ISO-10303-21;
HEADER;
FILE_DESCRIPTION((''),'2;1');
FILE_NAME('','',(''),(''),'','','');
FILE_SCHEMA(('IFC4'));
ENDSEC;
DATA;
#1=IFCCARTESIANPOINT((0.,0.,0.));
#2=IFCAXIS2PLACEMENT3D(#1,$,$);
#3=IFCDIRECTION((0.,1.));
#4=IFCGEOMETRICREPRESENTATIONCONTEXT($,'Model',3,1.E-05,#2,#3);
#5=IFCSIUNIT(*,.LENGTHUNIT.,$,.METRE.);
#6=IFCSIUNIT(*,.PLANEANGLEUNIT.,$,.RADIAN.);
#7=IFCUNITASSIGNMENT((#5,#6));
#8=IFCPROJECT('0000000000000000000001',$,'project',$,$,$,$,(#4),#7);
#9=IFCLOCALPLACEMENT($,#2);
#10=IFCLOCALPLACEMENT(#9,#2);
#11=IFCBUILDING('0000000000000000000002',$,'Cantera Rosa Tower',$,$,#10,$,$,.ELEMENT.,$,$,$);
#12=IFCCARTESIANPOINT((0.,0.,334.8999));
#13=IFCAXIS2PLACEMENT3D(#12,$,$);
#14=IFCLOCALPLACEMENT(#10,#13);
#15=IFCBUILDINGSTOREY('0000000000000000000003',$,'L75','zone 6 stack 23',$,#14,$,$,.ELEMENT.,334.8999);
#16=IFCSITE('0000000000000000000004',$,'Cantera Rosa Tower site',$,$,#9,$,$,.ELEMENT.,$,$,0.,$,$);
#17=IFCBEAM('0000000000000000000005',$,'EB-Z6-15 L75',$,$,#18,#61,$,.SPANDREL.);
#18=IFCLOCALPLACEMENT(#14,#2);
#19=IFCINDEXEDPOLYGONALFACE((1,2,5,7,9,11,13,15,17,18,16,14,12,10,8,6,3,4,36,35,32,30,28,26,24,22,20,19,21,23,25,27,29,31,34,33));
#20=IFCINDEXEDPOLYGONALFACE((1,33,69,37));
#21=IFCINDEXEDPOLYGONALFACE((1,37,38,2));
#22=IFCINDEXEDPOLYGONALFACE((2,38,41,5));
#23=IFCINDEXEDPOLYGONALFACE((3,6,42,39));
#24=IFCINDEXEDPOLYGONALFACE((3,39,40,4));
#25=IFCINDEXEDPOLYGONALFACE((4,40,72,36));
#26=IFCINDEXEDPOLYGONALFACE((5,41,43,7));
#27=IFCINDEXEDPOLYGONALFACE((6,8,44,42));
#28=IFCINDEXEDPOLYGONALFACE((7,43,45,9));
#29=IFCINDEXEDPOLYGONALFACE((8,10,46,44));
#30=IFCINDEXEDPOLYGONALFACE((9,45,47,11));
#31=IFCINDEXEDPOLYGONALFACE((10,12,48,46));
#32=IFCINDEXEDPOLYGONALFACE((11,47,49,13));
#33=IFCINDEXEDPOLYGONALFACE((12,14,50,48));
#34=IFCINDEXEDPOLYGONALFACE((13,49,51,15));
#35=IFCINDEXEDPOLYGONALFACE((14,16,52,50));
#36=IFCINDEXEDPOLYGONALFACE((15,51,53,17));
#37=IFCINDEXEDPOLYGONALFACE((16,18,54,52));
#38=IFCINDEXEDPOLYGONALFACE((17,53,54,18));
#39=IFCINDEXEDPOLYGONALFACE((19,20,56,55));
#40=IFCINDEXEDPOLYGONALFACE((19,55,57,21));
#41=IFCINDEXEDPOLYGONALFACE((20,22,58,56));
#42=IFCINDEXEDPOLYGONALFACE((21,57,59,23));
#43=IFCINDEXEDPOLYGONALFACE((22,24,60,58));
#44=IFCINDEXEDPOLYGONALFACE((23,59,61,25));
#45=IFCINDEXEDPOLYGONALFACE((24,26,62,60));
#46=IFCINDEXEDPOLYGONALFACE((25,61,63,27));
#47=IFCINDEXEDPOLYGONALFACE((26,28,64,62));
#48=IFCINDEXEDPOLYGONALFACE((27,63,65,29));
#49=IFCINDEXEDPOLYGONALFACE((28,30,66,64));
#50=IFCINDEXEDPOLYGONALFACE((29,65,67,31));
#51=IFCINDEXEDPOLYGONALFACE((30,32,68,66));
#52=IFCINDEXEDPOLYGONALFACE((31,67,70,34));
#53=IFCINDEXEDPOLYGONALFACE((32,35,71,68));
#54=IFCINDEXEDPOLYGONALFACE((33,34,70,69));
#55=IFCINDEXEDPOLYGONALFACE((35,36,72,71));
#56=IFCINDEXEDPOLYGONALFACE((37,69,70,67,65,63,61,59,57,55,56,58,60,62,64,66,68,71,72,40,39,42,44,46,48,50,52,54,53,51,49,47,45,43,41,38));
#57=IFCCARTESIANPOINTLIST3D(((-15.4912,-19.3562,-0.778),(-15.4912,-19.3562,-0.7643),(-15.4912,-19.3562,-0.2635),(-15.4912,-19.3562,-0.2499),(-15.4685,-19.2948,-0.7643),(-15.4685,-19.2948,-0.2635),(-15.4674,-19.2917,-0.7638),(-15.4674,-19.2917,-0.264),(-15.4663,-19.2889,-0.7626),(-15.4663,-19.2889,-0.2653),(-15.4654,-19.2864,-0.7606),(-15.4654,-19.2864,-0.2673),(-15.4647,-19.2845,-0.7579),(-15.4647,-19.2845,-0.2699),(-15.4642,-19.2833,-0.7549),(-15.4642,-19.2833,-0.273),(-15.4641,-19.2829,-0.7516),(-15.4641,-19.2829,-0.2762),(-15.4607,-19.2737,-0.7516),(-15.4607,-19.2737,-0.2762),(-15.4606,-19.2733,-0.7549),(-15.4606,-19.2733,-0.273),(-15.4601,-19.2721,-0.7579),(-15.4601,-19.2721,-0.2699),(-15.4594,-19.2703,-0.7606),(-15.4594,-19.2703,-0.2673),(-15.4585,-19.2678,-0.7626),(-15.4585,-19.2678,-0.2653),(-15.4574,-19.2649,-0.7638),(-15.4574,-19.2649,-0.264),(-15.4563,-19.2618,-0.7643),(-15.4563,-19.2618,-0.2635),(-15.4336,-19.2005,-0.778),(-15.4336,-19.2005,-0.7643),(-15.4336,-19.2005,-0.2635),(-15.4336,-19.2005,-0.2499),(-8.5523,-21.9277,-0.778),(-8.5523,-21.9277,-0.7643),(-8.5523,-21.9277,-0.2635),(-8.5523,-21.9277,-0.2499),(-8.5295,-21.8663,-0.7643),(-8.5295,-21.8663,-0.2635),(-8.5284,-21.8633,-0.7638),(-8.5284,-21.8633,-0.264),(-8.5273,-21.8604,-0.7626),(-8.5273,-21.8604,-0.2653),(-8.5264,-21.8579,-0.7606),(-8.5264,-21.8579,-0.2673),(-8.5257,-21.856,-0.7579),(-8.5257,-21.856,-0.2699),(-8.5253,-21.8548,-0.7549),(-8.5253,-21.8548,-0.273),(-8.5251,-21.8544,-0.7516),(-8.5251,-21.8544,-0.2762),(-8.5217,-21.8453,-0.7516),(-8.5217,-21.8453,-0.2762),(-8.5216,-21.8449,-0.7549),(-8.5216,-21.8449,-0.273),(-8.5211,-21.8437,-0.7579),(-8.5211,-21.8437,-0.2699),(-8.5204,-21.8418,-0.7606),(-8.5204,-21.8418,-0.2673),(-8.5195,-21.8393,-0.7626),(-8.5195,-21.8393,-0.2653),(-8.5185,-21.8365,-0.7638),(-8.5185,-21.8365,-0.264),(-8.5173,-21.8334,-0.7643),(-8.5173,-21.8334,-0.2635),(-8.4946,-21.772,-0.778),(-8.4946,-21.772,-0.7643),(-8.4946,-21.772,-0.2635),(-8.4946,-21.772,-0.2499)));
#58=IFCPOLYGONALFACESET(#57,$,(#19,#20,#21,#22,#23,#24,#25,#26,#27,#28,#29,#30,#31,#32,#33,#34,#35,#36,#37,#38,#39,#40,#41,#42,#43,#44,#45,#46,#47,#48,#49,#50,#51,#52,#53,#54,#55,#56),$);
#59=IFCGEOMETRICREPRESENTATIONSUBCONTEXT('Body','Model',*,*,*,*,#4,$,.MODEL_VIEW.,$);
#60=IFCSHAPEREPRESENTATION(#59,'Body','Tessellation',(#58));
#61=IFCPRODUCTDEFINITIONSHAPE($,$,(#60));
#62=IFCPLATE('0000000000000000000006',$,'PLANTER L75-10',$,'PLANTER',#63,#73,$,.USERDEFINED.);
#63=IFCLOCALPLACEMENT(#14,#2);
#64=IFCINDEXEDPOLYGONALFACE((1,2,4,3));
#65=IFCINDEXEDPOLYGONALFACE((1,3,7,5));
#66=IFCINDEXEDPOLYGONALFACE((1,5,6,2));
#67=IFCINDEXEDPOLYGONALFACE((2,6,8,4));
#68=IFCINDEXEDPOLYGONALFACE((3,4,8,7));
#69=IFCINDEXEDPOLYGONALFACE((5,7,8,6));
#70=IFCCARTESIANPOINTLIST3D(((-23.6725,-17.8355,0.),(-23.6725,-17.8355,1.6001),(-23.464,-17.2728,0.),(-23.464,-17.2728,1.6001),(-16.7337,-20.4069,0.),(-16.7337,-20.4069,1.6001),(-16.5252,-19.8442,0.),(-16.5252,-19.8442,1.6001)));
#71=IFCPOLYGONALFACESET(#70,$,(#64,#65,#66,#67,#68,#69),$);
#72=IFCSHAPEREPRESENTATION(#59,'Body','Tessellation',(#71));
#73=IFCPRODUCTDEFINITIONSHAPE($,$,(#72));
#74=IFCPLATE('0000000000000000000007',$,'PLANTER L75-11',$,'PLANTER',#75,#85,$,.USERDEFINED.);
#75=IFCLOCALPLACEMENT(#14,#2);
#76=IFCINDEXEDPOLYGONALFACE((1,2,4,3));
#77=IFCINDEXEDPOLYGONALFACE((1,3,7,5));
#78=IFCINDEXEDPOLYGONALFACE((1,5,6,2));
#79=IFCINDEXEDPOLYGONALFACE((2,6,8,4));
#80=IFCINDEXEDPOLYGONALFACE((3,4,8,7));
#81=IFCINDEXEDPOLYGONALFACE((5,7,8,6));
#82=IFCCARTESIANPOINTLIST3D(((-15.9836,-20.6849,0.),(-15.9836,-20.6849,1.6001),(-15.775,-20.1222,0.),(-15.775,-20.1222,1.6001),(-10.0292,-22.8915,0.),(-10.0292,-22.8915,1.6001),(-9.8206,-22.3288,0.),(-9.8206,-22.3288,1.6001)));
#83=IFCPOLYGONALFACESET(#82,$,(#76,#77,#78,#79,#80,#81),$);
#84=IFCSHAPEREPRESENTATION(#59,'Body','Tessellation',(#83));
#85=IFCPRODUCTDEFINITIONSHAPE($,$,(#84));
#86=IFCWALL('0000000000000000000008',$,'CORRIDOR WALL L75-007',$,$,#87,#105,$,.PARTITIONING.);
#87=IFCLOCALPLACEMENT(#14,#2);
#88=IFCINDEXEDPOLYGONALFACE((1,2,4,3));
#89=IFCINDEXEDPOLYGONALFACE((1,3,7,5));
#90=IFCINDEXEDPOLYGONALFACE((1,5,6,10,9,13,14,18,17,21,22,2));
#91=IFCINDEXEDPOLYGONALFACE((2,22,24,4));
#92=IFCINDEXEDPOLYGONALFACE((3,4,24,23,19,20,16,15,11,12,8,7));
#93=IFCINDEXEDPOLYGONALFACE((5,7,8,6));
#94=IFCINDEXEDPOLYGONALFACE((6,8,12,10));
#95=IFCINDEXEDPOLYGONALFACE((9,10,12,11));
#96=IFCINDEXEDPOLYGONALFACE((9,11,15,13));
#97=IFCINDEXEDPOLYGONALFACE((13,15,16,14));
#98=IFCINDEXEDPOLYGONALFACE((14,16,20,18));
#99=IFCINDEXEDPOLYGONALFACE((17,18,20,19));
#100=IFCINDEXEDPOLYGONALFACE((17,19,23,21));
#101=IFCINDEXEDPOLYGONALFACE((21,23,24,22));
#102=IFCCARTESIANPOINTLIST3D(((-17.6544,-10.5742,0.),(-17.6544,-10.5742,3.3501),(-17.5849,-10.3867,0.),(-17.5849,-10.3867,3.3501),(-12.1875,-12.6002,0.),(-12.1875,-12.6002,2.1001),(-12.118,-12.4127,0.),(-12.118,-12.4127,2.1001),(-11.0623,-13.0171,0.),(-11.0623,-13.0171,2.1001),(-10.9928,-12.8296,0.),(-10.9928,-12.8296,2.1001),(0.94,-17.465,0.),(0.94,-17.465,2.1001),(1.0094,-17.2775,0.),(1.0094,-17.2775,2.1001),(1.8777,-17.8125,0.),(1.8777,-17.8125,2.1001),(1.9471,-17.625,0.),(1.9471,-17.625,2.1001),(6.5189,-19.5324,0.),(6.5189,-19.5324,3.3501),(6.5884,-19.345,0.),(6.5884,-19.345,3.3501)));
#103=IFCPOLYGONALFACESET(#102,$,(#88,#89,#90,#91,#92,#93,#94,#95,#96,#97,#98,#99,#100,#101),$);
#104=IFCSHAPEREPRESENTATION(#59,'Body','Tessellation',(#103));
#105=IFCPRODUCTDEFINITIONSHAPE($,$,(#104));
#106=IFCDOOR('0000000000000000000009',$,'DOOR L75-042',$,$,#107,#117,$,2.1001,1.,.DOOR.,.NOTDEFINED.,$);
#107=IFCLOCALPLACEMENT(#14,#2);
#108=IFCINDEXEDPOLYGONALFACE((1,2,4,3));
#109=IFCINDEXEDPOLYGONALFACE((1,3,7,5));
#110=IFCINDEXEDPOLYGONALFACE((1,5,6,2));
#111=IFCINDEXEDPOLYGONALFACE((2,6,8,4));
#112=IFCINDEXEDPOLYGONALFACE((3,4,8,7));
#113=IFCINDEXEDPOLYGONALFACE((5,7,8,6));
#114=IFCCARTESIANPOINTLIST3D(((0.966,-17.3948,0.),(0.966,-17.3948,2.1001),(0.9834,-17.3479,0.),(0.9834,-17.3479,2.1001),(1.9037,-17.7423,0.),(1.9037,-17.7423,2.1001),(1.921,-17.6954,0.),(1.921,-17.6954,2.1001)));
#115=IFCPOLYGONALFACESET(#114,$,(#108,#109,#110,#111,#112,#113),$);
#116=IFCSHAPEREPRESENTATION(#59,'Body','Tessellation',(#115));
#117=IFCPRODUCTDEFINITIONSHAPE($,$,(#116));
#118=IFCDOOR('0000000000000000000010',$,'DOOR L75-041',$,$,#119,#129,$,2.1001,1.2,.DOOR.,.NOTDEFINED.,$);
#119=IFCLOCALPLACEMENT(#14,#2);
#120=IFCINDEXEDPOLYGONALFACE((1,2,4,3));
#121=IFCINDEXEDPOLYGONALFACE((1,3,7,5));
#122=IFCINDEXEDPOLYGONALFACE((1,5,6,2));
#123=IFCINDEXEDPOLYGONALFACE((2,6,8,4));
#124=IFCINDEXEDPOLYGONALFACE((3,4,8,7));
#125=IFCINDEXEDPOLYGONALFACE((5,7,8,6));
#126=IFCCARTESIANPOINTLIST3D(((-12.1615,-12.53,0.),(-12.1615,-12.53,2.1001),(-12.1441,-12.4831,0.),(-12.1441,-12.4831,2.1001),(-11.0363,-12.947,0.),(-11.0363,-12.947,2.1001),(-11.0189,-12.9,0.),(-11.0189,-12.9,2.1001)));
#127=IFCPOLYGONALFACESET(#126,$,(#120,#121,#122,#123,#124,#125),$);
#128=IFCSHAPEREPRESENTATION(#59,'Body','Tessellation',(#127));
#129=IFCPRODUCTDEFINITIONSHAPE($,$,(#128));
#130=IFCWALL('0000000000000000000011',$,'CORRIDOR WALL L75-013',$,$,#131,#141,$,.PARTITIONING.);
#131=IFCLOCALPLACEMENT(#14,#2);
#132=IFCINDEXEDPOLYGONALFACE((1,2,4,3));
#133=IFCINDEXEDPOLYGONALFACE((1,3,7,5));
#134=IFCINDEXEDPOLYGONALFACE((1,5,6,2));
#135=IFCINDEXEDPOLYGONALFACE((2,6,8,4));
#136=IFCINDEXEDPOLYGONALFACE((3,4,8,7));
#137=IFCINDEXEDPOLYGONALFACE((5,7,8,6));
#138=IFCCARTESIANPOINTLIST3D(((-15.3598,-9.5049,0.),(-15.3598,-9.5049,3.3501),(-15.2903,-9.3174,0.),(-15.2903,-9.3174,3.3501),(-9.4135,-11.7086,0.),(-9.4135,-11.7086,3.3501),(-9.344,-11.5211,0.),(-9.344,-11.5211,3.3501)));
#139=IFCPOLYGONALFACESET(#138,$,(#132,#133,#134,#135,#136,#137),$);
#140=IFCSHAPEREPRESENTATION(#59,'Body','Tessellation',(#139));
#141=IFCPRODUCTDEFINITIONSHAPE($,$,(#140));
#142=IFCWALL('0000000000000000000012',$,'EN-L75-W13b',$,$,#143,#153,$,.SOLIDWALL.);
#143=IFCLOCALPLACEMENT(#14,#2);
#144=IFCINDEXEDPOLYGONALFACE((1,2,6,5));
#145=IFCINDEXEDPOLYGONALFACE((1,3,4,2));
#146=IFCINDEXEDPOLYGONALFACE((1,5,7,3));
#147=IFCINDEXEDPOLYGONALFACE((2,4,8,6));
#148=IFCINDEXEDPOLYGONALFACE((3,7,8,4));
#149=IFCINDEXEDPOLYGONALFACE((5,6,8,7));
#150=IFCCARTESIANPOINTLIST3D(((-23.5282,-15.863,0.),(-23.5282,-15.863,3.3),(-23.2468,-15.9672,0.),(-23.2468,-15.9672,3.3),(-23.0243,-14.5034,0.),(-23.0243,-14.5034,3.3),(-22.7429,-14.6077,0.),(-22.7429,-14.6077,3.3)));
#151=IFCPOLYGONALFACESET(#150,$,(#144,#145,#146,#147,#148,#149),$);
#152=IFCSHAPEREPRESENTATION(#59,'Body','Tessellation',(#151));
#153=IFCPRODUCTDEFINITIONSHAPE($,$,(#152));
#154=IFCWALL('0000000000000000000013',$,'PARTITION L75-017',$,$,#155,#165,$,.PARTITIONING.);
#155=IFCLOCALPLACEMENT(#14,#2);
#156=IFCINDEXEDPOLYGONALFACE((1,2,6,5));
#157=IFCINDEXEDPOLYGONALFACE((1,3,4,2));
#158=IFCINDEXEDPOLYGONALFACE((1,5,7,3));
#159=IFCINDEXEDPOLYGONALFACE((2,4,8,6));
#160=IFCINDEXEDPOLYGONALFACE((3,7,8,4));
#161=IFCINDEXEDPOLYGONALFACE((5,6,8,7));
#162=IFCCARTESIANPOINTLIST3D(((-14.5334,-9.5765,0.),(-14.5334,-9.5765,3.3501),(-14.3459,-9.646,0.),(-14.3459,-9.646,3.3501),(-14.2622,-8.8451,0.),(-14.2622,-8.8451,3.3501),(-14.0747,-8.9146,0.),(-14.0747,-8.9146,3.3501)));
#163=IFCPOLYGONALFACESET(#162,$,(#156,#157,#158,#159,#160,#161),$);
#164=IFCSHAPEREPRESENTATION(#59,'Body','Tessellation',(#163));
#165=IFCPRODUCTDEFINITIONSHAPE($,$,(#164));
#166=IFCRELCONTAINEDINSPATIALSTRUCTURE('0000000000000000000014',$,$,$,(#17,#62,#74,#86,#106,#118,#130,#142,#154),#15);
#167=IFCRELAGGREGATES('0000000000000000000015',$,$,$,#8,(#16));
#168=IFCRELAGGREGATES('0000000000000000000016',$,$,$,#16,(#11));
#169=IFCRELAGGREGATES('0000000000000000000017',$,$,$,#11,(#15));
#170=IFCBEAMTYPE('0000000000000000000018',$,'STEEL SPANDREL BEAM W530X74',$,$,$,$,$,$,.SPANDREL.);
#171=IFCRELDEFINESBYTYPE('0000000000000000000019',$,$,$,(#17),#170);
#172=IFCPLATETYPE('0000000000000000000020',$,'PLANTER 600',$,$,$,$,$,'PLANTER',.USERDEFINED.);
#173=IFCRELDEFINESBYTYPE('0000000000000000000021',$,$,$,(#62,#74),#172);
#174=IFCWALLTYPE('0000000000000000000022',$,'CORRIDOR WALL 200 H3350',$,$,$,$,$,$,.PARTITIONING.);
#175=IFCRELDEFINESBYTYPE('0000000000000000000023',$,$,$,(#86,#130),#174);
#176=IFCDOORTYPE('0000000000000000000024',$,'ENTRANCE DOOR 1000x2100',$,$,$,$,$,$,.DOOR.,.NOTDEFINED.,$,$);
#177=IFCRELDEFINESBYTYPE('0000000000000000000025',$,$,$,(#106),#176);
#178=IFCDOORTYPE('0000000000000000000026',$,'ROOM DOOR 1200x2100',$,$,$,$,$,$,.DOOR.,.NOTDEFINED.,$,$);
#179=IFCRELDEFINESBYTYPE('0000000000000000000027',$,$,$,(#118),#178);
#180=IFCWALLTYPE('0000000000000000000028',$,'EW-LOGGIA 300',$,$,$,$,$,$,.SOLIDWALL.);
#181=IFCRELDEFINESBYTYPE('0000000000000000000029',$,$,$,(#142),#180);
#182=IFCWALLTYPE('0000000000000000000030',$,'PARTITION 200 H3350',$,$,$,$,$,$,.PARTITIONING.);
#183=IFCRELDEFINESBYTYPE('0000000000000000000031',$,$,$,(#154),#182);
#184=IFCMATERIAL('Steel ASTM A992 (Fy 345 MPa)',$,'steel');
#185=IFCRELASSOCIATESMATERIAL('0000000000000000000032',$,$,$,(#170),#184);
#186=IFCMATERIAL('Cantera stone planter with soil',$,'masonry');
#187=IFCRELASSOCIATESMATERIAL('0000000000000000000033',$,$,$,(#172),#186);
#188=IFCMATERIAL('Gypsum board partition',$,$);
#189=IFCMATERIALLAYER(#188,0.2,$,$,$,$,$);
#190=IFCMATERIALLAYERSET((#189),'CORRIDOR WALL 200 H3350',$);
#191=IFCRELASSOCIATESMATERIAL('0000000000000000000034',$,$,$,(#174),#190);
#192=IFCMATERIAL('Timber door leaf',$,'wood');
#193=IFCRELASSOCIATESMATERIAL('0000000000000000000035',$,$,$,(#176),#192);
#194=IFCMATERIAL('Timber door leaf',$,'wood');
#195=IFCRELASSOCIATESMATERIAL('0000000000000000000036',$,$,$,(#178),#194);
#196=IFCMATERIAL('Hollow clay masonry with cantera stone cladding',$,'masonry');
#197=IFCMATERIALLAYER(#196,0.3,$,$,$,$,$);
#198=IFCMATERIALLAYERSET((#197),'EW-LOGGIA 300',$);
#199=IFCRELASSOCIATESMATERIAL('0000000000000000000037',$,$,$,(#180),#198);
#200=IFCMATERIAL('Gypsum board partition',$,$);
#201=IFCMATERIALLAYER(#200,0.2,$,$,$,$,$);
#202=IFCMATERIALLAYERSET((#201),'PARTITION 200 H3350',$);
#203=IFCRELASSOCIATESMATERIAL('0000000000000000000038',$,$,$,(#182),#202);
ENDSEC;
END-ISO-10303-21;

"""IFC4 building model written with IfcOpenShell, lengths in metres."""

from ifc_helpers import new_model, si_unit, direction, frame, frame_2d, origin, origin_2d, place, context, subcontext, project, spatial, rectangle, i_section, extrude, material, layer, layer_set, material_profile, profile_set, type_object, element, fill, save


model = new_model("IFC4")

# Units and contexts
model_context = context("Model", 3, precision=1e-05, world=origin(), true_north=direction((0.0, 1.0)))
body_context = subcontext(model_context, "Body", "Model", "MODEL_VIEW")
ifc_project = project(units=[si_unit("LENGTHUNIT", "METRE"), si_unit("PLANEANGLEUNIT", "RADIAN")], contexts=[model_context])

# Site, building, storey
site_placement = place(None, origin())
site = spatial("IfcSite", under=ifc_project, at=site_placement, Name="Cantera Rosa Tower site", CompositionType="ELEMENT", RefElevation=0.0)
building_placement = place(site_placement, origin())
building = spatial("IfcBuilding", under=site, at=building_placement, Name="Cantera Rosa Tower", CompositionType="ELEMENT")
storey_placement = place(building_placement, frame((0.0, 0.0, 334.8999)))
storey = spatial("IfcBuildingStorey", under=building, at=storey_placement, Name="L75", Description="zone 6 stack 23", CompositionType="ELEMENT", Elevation=334.8999)

# Beam
ifc_material_1 = material(Name="Steel ASTM A992 (Fy 345 MPa)", Category="steel")
ifc_material_profile_1 = material_profile(ifc_material_1, i_section(OverallWidth=0.166, OverallDepth=0.5281, WebThickness=0.0098, FlangeThickness=0.0137, FilletRadius=0.0127, at=origin_2d()), Name="W530X74")
ifc_profile_set_1 = profile_set([ifc_material_profile_1], Name="Steel ASTM A992 (Fy 345 MPa)")
beam_type_1 = type_object("IfcBeamType", Name="STEEL SPANDREL BEAM W530X74", PredefinedType="SPANDREL", material=ifc_profile_set_1)
beam_1_placement = place(storey_placement, frame((-15.4624, -19.2783, -0.5139), z_axis=(0.937681, -0.347498, 0.0), x_axis=(0.347498, 0.937681, 0.0)))
element("IfcBeam", 1, at=beam_1_placement, inside=storey, type_object=beam_type_1, Name="EB-Z6-15 L75", PredefinedType="SPANDREL", context=body_context, shape_type="SweptSolid", body=[
    extrude(i_section(OverallWidth=0.166, OverallDepth=0.5281, WebThickness=0.0098, FlangeThickness=0.0137, FilletRadius=0.0127, at=origin_2d()), origin(), (0.0, 0.0, 1.0), 7.4001),
])

# Plates
ifc_material_2 = material(Name="Cantera stone planter with soil", Category="masonry")
plate_type = type_object("IfcPlateType", Name="PLANTER 600", ElementType="PLANTER", PredefinedType="USERDEFINED", material=ifc_material_2)
plate_1_placement = place(storey_placement, frame((-20.0989, -18.8398, 0.0), z_axis=(0.0, 0.0, 1.0), x_axis=(0.937687, -0.347481, 0.0)))
element("IfcPlate", 2, at=plate_1_placement, inside=storey, type_object=plate_type, Name="PLANTER L75-10", ObjectType="PLANTER", PredefinedType="USERDEFINED", context=body_context, shape_type="SweptSolid", body=[
    extrude(rectangle(XDim=7.3999, YDim=0.6001, at=origin_2d()), origin(), (0.0, 0.0, 1.0), 1.6001),
])
plate_2_placement = place(storey_placement, frame((-12.9021, -21.5068, 0.0), z_axis=(0.0, 0.0, 1.0), x_axis=(0.937687, -0.347481, 0.0)))
element("IfcPlate", 3, at=plate_2_placement, inside=storey, type_object=plate_type, Name="PLANTER L75-11", ObjectType="PLANTER", PredefinedType="USERDEFINED", context=body_context, shape_type="SweptSolid", body=[
    extrude(rectangle(XDim=6.3501, YDim=0.6001, at=origin_2d()), origin(), (0.0, 0.0, 1.0), 1.6001),
])

# Wall, openings, doors
ifc_material_3 = material(Name="Gypsum board partition")
ifc_layer_1 = layer(ifc_material_3, 0.2)
ifc_layer_set_1 = layer_set([ifc_layer_1], Name="CORRIDOR WALL 200 H3350")
wall_type_1 = type_object("IfcWallType", Name="CORRIDOR WALL 200 H3350", PredefinedType="PARTITIONING", material=ifc_layer_set_1)
wall_1_placement = place(storey_placement, frame((-17.6196, -10.4805, 0.0), z_axis=(0.0, 0.0, 1.0), x_axis=(0.937684, -0.34749, 0.0)))
wall_1 = element("IfcWall", 4, at=wall_1_placement, inside=storey, type_object=wall_type_1, Name="CORRIDOR WALL L75-007", PredefinedType="PARTITIONING", context=body_context, shape_type="SweptSolid", body=[
    extrude(rectangle(XDim=25.7798, YDim=0.2, at=frame_2d((12.8899, 0.0))), origin(), (0.0, 0.0, 1.0), 3.3501),
])
opening_1_placement = place(wall_1_placement, frame((5.8301, 0.0, 0.0)))
opening_1 = element("IfcOpeningElement", 5, at=opening_1_placement, cuts=wall_1, PredefinedType="OPENING", context=body_context, shape_type="SweptSolid", body=[
    extrude(rectangle(XDim=1.2, YDim=2.1001, at=frame_2d((0.6001, 1.05))), frame((0.0, 0.1099, 0.0), z_axis=(0.0, -1.0, 0.0), x_axis=(1.0, 0.0, 0.0)), (0.0, 0.0, 1.0), 0.22),
])
opening_2_placement = place(wall_1_placement, frame((19.8301, 0.0, 0.0)))
opening_2 = element("IfcOpeningElement", 6, at=opening_2_placement, cuts=wall_1, PredefinedType="OPENING", context=body_context, shape_type="SweptSolid", body=[
    extrude(rectangle(XDim=1.0, YDim=2.1001, at=frame_2d((0.5, 1.05))), frame((0.0, 0.1099, 0.0), z_axis=(0.0, -1.0, 0.0), x_axis=(1.0, 0.0, 0.0)), (0.0, 0.0, 1.0), 0.22),
])
ifc_material_4 = material(Name="Timber door leaf", Category="wood")
door_type_1 = type_object("IfcDoorType", Name="ENTRANCE DOOR 1000x2100", OperationType="NOTDEFINED", PredefinedType="DOOR", material=ifc_material_4)
door_1_placement = place(opening_2_placement, origin())
door_1 = element("IfcDoor", 7, at=door_1_placement, inside=storey, type_object=door_type_1, Name="DOOR L75-042", OperationType="NOTDEFINED", OverallHeight=2.1001, OverallWidth=1.0, PredefinedType="DOOR", context=body_context, shape_type="SweptSolid", body=[
    extrude(rectangle(XDim=1.0, YDim=2.1001, at=frame_2d((0.5, 1.05))), frame((0.0, 0.0249, 0.0), z_axis=(0.0, -1.0, 0.0), x_axis=(1.0, 0.0, 0.0)), (0.0, 0.0, 1.0), 0.05),
])
fill(opening_2, door_1)
ifc_material_5 = material(Name="Timber door leaf", Category="wood")
door_type_2 = type_object("IfcDoorType", Name="ROOM DOOR 1200x2100", OperationType="NOTDEFINED", PredefinedType="DOOR", material=ifc_material_5)
door_2_placement = place(opening_1_placement, origin())
door_2 = element("IfcDoor", 8, at=door_2_placement, inside=storey, type_object=door_type_2, Name="DOOR L75-041", OperationType="NOTDEFINED", OverallHeight=2.1001, OverallWidth=1.2, PredefinedType="DOOR", context=body_context, shape_type="SweptSolid", body=[
    extrude(rectangle(XDim=1.2, YDim=2.1001, at=frame_2d((0.6001, 1.05))), frame((0.0, 0.0249, 0.0), z_axis=(0.0, -1.0, 0.0), x_axis=(1.0, 0.0, 0.0)), (0.0, 0.0, 1.0), 0.05),
])
fill(opening_1, door_2)

# Walls
wall_2_placement = place(storey_placement, frame((-15.3252, -9.4111, 0.0), z_axis=(0.0, 0.0, 1.0), x_axis=(0.937683, -0.347492, 0.0)))
element("IfcWall", 9, at=wall_2_placement, inside=storey, type_object=wall_type_1, Name="CORRIDOR WALL L75-013", PredefinedType="PARTITIONING", context=body_context, shape_type="SweptSolid", body=[
    extrude(rectangle(XDim=6.3416, YDim=0.2, at=frame_2d((3.1709, 0.0))), origin(), (0.0, 0.0, 1.0), 3.3501),
])
ifc_material_6 = material(Name="Hollow clay masonry with cantera stone cladding", Category="masonry")
ifc_layer_2 = layer(ifc_material_6, 0.3)
ifc_layer_set_2 = layer_set([ifc_layer_2], Name="EW-LOGGIA 300")
wall_type_2 = type_object("IfcWallType", Name="EW-LOGGIA 300", PredefinedType="SOLIDWALL", material=ifc_layer_set_2)
wall_3_placement = place(storey_placement, frame((-22.8835, -14.5554, 0.0), z_axis=(0.0, 0.0, 1.0), x_axis=(-0.347523, -0.937672, 0.0)))
element("IfcWall", 10, at=wall_3_placement, inside=storey, type_object=wall_type_2, Name="EN-L75-W13b", PredefinedType="SOLIDWALL", context=body_context, shape_type="SweptSolid", body=[
    extrude(rectangle(XDim=1.45, YDim=0.3, at=frame_2d((0.7251, 0.0))), origin(), (0.0, 0.0, 1.0), 3.3),
])

# Wall
ifc_material_7 = material(Name="Gypsum board partition")
ifc_layer_3 = layer(ifc_material_7, 0.2)
ifc_layer_set_3 = layer_set([ifc_layer_3], Name="PARTITION 200 H3350")
wall_type_3 = type_object("IfcWallType", Name="PARTITION 200 H3350", PredefinedType="PARTITIONING", material=ifc_layer_set_3)
wall_4_placement = place(storey_placement, frame((-14.4397, -9.6113, 0.0), z_axis=(0.0, 0.0, 1.0), x_axis=(0.347691, 0.937609, 0.0)))
element("IfcWall", 11, at=wall_4_placement, inside=storey, type_object=wall_type_3, Name="PARTITION L75-017", PredefinedType="PARTITIONING", context=body_context, shape_type="SweptSolid", body=[
    extrude(rectangle(XDim=0.78, YDim=0.2, at=frame_2d((0.3901, 0.0))), origin(), (0.0, 0.0, 1.0), 3.3501),
])

save(model, "model.ifc")
